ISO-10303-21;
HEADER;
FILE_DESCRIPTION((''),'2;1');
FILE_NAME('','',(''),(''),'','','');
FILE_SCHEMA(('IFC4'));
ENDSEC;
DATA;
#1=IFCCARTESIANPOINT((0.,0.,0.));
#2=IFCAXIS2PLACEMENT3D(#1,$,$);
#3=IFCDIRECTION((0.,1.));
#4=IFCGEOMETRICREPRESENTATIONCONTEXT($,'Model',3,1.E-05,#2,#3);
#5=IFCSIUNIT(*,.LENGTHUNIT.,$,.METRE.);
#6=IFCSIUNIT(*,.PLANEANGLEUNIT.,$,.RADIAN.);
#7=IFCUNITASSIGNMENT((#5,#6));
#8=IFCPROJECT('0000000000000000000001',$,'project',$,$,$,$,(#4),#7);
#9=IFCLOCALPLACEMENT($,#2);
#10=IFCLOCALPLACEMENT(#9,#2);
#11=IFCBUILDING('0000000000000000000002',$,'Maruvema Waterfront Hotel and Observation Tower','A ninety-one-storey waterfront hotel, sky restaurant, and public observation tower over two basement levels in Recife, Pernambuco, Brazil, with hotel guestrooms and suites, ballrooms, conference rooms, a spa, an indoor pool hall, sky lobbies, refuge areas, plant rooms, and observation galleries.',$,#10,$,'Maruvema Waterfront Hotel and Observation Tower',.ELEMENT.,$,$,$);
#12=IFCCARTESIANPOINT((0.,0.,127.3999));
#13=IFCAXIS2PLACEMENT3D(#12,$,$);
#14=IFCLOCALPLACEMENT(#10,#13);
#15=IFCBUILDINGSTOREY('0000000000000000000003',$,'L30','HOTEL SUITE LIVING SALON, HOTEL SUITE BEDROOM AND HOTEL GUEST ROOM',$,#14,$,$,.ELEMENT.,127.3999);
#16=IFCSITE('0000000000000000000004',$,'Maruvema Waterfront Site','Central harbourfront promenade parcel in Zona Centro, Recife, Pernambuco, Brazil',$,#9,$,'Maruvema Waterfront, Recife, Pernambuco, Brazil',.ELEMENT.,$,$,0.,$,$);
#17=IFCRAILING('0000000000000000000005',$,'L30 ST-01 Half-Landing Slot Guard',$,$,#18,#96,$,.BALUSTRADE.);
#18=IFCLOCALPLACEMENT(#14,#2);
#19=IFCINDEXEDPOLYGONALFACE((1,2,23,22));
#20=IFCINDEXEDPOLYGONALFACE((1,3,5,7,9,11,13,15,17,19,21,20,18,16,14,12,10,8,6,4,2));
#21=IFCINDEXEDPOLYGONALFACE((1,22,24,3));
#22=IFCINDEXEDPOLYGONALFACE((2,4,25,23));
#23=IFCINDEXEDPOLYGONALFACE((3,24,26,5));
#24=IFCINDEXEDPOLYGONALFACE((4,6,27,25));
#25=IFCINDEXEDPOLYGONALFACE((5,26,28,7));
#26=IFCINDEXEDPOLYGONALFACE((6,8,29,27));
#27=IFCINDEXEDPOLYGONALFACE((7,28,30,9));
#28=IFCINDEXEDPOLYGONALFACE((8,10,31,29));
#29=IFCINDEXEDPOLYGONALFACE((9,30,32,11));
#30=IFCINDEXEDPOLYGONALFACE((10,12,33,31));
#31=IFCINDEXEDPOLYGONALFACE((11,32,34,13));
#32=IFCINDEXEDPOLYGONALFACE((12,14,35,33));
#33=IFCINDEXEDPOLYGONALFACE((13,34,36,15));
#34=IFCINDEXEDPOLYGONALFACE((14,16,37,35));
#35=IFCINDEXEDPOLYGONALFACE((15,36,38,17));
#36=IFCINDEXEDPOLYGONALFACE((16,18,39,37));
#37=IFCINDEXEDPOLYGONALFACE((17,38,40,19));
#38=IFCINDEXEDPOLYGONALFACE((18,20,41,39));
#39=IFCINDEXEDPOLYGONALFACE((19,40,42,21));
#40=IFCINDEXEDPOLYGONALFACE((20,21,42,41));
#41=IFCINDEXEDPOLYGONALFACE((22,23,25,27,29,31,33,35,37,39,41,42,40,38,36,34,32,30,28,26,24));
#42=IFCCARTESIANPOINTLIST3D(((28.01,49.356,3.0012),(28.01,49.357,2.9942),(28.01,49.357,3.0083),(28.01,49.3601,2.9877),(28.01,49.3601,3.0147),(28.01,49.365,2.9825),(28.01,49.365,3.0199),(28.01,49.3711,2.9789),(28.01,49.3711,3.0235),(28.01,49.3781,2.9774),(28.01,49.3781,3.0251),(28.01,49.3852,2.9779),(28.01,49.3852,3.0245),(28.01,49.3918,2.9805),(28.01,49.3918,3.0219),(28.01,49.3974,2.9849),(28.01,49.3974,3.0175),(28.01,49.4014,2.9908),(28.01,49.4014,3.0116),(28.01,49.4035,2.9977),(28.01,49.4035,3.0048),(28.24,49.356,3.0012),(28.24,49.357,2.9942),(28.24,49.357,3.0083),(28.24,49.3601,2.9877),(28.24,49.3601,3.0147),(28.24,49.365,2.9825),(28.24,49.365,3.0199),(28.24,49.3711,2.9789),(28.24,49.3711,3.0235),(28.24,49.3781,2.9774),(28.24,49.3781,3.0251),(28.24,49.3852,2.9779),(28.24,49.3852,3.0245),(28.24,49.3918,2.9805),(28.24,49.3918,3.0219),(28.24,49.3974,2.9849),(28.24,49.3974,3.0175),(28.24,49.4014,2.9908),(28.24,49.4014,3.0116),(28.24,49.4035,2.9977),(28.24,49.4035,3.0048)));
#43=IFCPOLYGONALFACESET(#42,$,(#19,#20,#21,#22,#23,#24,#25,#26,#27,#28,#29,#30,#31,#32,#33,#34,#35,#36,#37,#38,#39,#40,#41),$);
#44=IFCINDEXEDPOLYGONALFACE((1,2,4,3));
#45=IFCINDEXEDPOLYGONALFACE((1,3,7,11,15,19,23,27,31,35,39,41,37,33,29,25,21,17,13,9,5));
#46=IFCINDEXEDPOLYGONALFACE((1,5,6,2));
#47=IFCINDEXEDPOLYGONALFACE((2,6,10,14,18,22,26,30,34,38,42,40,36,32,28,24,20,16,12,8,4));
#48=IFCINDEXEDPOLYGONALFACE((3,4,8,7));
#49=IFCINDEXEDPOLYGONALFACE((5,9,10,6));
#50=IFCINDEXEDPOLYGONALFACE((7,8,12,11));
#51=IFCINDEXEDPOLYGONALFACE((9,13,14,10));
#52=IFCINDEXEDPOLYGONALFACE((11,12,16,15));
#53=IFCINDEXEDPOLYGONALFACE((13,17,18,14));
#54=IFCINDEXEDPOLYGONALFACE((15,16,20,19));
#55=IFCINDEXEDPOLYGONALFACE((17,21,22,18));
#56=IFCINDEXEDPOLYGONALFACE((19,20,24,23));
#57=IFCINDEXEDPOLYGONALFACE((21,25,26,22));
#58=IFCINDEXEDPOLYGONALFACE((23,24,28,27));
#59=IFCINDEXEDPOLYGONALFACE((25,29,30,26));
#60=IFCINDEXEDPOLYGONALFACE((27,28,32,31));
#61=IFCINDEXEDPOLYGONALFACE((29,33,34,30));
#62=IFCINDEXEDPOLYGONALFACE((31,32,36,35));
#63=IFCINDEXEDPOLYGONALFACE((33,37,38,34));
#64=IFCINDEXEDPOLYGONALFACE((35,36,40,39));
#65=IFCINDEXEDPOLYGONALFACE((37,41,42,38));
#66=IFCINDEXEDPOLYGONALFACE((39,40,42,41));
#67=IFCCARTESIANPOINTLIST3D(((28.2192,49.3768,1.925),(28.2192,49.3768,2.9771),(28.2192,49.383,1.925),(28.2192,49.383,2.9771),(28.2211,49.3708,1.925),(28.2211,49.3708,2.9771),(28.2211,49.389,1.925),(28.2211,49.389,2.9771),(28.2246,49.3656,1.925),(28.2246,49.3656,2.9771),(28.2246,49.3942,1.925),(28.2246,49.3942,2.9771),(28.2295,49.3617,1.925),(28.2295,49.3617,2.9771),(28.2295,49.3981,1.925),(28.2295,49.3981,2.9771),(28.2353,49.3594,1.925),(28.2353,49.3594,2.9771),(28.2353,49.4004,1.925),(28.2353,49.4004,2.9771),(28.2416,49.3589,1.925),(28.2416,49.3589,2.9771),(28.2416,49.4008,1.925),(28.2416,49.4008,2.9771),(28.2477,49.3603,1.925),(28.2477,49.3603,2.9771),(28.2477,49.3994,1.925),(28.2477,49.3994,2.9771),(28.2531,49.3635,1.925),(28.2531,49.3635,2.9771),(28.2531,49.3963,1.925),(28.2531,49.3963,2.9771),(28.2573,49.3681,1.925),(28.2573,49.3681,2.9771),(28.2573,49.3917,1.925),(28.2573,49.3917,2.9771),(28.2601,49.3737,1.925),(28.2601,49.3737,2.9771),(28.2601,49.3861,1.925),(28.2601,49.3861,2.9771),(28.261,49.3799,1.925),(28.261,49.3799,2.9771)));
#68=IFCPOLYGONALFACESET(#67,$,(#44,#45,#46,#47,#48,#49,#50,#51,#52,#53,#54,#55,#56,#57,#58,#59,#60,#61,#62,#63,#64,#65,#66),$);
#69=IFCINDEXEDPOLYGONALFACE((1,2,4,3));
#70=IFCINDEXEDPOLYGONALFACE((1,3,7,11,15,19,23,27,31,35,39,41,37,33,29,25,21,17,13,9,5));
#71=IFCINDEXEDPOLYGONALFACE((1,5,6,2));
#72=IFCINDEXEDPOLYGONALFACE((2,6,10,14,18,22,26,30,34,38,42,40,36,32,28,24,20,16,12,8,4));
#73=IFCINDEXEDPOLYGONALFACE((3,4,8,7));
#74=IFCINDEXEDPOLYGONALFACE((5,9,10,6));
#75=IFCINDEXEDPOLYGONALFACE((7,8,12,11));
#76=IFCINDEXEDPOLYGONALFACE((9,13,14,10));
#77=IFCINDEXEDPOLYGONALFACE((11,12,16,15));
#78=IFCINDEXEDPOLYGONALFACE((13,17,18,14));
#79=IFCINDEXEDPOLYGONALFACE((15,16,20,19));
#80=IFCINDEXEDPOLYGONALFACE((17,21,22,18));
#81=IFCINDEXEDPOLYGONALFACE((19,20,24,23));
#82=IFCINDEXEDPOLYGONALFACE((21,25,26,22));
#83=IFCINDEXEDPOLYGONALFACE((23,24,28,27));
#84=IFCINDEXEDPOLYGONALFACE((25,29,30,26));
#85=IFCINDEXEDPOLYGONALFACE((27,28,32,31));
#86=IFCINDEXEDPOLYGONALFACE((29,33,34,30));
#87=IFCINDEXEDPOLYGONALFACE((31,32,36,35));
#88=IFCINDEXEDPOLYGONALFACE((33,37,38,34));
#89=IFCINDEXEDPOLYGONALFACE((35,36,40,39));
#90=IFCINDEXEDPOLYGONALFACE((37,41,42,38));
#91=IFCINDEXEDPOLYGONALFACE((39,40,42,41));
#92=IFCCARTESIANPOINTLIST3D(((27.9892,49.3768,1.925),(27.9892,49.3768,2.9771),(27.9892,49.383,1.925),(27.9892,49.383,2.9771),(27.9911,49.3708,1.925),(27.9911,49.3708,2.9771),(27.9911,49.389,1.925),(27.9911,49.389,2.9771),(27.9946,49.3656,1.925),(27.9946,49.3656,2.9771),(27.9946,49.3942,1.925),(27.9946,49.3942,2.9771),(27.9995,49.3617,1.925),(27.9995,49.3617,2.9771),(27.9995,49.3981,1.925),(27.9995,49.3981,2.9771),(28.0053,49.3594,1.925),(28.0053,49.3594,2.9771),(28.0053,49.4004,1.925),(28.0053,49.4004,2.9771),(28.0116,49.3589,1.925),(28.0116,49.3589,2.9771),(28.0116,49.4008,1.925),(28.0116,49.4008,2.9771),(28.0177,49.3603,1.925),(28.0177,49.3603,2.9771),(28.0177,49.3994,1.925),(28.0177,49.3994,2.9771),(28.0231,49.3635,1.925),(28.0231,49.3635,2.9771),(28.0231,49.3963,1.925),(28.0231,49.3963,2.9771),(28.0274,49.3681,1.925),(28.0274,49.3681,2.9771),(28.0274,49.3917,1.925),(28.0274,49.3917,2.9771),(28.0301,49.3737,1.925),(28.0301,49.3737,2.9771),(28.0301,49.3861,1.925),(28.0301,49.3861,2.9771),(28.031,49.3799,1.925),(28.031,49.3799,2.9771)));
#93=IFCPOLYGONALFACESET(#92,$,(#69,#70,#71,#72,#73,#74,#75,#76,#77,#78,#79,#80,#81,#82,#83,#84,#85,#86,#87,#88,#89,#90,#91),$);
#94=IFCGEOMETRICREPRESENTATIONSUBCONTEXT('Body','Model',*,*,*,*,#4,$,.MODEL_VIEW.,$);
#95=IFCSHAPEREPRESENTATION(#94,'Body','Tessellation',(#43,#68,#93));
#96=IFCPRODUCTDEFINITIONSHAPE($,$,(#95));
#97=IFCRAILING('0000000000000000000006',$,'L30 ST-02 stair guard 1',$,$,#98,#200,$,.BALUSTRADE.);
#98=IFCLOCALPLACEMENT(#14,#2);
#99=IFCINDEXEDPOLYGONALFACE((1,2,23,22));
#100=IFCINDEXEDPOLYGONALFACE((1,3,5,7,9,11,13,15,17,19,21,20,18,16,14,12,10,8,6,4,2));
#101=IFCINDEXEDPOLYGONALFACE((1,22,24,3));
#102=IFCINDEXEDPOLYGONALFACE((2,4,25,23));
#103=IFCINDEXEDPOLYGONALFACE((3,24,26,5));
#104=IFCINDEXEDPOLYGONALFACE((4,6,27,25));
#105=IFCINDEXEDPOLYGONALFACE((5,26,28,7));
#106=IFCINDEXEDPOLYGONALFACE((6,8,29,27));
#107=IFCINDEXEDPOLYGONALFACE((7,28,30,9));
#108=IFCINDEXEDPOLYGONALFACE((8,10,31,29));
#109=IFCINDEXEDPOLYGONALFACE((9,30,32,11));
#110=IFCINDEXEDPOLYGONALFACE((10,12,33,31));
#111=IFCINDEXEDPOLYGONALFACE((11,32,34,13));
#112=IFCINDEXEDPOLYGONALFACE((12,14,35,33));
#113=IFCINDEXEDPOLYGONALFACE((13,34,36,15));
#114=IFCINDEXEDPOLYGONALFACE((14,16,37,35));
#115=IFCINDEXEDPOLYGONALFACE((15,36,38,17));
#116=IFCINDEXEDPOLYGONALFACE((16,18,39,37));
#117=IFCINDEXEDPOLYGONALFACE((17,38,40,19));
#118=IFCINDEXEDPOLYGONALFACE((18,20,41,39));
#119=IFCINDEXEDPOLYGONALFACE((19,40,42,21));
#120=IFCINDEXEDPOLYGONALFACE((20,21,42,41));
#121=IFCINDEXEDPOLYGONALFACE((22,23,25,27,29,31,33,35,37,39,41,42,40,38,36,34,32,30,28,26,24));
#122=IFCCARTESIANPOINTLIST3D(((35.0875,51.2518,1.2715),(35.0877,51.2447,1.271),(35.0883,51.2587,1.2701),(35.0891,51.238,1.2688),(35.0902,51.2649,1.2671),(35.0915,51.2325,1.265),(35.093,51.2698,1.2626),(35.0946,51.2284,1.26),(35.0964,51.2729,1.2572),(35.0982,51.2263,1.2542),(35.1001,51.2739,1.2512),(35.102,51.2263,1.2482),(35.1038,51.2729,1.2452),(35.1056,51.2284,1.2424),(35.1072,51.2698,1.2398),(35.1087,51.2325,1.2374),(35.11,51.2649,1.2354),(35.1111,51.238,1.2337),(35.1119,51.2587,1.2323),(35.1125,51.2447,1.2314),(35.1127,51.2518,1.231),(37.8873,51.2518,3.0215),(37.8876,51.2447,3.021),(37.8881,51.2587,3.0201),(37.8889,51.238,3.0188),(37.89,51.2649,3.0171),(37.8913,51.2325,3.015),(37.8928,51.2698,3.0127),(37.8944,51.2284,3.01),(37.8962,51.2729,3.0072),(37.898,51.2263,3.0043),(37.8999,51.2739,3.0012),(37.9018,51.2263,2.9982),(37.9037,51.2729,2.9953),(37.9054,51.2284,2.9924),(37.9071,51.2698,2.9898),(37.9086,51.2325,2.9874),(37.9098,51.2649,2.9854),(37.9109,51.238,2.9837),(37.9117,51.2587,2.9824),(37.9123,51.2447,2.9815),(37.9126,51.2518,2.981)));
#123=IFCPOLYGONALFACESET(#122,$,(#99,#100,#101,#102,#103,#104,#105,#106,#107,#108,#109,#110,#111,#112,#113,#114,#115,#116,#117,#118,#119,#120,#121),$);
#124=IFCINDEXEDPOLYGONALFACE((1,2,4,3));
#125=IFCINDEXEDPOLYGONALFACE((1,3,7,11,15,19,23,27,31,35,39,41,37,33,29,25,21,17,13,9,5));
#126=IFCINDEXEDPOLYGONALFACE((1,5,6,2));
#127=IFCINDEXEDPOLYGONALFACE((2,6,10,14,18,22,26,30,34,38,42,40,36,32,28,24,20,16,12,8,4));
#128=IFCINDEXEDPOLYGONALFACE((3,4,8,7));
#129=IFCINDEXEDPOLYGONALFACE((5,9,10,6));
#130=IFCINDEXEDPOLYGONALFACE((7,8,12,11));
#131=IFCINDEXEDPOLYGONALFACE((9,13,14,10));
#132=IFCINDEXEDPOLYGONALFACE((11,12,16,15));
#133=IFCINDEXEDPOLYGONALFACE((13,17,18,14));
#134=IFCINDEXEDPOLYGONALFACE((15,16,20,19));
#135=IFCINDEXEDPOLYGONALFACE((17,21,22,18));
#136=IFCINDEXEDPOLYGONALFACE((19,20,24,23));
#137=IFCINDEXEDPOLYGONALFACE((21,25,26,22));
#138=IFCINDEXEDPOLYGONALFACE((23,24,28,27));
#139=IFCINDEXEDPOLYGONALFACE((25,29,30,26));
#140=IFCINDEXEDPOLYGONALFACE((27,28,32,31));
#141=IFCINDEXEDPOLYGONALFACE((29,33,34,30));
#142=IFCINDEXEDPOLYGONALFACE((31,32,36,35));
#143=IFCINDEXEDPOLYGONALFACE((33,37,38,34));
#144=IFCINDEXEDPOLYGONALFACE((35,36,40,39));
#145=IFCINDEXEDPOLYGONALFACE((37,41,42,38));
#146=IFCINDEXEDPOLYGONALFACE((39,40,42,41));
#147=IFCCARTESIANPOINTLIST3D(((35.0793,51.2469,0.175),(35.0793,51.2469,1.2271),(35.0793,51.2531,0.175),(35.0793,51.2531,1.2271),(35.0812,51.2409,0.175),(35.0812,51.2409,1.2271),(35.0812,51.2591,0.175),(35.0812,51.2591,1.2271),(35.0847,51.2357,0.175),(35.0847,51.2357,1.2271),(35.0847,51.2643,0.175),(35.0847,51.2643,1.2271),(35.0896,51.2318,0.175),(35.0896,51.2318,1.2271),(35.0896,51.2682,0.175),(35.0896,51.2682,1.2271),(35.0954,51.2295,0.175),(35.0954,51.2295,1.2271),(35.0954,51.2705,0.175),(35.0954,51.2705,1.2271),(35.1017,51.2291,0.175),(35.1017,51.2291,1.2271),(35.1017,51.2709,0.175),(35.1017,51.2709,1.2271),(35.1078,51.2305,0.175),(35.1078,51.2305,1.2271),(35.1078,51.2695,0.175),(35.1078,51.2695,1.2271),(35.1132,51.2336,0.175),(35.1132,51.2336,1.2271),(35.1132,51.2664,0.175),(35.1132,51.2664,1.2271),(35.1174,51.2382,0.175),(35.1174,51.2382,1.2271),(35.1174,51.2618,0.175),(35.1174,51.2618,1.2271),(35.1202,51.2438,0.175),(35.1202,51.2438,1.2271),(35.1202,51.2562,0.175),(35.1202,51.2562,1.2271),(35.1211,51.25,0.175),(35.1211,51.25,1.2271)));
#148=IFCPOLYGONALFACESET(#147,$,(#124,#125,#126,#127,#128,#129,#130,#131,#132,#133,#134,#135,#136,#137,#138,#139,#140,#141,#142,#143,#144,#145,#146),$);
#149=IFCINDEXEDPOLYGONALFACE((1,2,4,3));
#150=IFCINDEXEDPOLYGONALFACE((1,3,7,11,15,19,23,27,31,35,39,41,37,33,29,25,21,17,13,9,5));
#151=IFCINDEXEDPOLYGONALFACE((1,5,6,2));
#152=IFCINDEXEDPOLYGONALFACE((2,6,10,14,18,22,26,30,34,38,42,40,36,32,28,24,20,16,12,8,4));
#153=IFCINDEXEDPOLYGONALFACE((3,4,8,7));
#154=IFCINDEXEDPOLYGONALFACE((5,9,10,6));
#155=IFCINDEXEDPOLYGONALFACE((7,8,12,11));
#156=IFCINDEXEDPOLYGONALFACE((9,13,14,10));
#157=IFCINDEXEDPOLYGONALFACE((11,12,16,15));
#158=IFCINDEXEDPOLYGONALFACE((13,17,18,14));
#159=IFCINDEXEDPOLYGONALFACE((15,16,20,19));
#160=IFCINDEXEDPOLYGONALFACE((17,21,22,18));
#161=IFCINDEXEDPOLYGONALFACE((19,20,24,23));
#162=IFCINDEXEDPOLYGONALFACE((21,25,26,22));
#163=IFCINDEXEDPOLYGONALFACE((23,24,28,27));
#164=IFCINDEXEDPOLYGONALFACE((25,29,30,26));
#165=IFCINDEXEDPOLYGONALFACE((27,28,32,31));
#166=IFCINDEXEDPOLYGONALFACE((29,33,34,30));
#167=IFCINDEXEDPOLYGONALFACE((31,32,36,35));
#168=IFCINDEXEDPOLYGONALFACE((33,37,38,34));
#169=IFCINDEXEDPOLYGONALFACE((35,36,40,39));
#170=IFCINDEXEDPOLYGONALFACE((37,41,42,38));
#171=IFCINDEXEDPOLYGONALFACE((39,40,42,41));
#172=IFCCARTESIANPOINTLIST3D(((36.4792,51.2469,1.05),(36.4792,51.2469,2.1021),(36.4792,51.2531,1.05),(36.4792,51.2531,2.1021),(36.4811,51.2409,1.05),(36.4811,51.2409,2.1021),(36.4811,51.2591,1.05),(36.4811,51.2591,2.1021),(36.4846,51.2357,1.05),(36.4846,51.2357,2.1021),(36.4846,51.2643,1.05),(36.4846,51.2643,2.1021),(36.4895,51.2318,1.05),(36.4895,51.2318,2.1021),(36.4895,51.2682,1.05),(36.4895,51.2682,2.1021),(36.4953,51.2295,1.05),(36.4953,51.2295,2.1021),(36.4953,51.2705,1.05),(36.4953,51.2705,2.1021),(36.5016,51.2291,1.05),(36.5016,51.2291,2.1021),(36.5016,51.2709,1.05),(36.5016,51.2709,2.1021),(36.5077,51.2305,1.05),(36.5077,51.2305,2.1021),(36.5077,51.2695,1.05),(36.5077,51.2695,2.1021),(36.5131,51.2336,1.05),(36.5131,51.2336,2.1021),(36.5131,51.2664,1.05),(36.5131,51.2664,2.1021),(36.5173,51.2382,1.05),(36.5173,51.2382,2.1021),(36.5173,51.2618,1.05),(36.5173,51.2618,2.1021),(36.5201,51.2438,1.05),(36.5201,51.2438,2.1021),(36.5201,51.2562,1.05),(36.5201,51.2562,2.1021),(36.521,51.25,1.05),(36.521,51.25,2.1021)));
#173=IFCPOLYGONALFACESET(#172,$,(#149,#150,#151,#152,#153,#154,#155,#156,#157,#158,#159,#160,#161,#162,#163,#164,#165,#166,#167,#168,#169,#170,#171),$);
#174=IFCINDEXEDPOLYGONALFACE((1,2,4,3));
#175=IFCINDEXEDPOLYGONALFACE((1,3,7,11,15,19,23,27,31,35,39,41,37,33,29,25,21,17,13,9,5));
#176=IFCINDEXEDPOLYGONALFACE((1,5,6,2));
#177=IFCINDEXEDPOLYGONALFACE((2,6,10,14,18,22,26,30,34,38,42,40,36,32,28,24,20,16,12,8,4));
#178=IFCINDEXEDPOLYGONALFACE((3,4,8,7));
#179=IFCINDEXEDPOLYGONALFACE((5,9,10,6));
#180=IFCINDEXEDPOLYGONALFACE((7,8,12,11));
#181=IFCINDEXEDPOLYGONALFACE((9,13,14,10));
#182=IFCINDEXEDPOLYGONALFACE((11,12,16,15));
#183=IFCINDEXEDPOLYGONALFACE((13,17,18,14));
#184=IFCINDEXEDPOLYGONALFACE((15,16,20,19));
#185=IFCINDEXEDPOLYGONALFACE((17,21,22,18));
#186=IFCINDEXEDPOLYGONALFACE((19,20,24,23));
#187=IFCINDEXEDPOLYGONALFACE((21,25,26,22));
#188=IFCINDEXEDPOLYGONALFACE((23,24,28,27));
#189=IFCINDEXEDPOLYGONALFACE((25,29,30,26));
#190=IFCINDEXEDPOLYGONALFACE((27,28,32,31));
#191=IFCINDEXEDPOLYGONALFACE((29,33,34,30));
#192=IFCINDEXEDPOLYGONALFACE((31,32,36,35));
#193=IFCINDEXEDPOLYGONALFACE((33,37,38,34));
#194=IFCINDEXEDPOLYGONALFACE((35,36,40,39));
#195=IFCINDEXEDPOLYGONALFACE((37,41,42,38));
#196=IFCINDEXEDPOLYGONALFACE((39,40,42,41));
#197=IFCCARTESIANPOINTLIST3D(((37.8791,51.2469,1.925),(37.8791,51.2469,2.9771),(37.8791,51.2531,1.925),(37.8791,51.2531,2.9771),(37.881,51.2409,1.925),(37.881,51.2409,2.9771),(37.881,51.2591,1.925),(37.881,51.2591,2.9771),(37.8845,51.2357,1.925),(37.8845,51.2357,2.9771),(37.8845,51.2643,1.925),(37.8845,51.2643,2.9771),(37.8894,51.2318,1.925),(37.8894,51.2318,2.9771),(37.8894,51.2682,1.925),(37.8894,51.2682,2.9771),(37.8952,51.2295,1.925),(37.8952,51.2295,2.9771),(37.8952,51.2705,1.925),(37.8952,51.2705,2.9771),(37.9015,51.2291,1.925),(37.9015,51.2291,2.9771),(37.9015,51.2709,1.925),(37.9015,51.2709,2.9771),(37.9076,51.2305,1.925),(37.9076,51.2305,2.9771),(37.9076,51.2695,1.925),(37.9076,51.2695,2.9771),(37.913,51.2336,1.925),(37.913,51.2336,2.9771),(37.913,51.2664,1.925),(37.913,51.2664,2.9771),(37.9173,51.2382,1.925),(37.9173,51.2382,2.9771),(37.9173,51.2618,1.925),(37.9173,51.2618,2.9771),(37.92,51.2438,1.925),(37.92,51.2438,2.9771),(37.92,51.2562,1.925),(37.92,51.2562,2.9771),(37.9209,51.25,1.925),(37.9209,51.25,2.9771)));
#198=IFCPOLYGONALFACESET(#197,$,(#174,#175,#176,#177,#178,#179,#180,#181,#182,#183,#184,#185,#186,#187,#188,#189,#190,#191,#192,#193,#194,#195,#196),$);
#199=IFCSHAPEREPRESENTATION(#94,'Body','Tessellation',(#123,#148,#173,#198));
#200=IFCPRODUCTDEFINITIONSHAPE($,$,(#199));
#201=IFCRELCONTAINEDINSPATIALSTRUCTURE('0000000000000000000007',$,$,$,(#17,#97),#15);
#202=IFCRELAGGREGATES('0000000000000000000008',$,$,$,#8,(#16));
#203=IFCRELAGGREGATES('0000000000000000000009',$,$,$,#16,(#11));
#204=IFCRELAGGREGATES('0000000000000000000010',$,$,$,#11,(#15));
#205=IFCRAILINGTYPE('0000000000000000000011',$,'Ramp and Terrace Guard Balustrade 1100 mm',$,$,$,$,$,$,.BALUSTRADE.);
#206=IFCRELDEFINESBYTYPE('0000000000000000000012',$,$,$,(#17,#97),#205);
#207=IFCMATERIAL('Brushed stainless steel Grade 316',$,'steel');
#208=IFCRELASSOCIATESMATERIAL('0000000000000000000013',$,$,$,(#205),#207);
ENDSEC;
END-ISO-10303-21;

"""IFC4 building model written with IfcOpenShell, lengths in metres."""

from ifc_helpers import new_model, si_unit, direction, frame, origin, origin_2d, place, context, subcontext, project, spatial, circle, extrude, material, type_object, element, save


model = new_model("IFC4")

# Units and contexts
model_context = context("Model", 3, precision=1e-05, world=origin(), true_north=direction((0.0, 1.0)))
body_context = subcontext(model_context, "Body", "Model", "MODEL_VIEW")
ifc_project = project(units=[si_unit("LENGTHUNIT", "METRE"), si_unit("PLANEANGLEUNIT", "RADIAN")], contexts=[model_context])

# Site, building, storey
site_placement = place(None, origin())
site = spatial("IfcSite", under=ifc_project, at=site_placement, Name="Maruvema Waterfront Site", Description="Central harbourfront promenade parcel in Zona Centro, Recife, Pernambuco, Brazil", LongName="Maruvema Waterfront, Recife, Pernambuco, Brazil", CompositionType="ELEMENT", RefElevation=0.0)
building_placement = place(site_placement, origin())
building = spatial("IfcBuilding", under=site, at=building_placement, Name="Maruvema Waterfront Hotel and Observation Tower", Description="A ninety-one-storey waterfront hotel, sky restaurant, and public observation tower over two basement levels in Recife, Pernambuco, Brazil, with hotel guestrooms and suites, ballrooms, conference rooms, a spa, an indoor pool hall, sky lobbies, refuge areas, plant rooms, and observation galleries.", LongName="Maruvema Waterfront Hotel and Observation Tower", CompositionType="ELEMENT")
storey_placement = place(building_placement, frame((0.0, 0.0, 127.3999)))
storey = spatial("IfcBuildingStorey", under=building, at=storey_placement, Name="L30", Description="HOTEL SUITE LIVING SALON, HOTEL SUITE BEDROOM AND HOTEL GUEST ROOM", CompositionType="ELEMENT", Elevation=127.3999)

# Railings
ifc_material_1 = material(Name="Brushed stainless steel Grade 316", Category="steel")
railing_type_1 = type_object("IfcRailingType", Name="Ramp and Terrace Guard Balustrade 1100 mm", PredefinedType="BALUSTRADE", material=ifc_material_1)
railing_1_placement = place(storey_placement, frame((28.24, 49.3799, 1.925)))
element("IfcRailing", 1, at=railing_1_placement, inside=storey, type_object=railing_type_1, Name="L30 ST-01 Half-Landing Slot Guard", PredefinedType="BALUSTRADE", context=body_context, shape_type="SweptSolid", body=[
    extrude(circle(Radius=0.0239, at=origin_2d()), frame((0.0, 0.0, 1.0762), z_axis=(-1.0, 0.0, 0.0), x_axis=(0.0, -1.0, 0.0)), (0.0, 0.0, 1.0), 0.23),
    extrude(circle(Radius=0.021, at=origin_2d()), origin(), (0.0, 0.0, 1.0), 1.052),
    extrude(circle(Radius=0.021, at=origin_2d()), frame((-0.23, 0.0, 0.0)), (0.0, 0.0, 1.0), 1.052),
])
railing_2_placement = place(storey_placement, frame((35.1001, 51.25, 0.175)))
element("IfcRailing", 2, at=railing_2_placement, inside=storey, type_object=railing_type_1, Name="L30 ST-02 stair guard 1", PredefinedType="BALUSTRADE", context=body_context, shape_type="SweptSolid", body=[
    extrude(circle(Radius=0.0239, at=origin_2d()), frame((0.0, 0.0, 1.0762), z_axis=(0.847982, 0.0, 0.530026), x_axis=(0.0, 1.0, 0.0)), (0.0, 0.0, 1.0), 3.3018),
    extrude(circle(Radius=0.021, at=origin_2d()), origin(), (0.0, 0.0, 1.0), 1.052),
    extrude(circle(Radius=0.021, at=origin_2d()), frame((1.3999, 0.0, 0.875)), (0.0, 0.0, 1.0), 1.052),
    extrude(circle(Radius=0.021, at=origin_2d()), frame((2.7998, 0.0, 1.75)), (0.0, 0.0, 1.0), 1.052),
])

save(model, "model.ifc")
